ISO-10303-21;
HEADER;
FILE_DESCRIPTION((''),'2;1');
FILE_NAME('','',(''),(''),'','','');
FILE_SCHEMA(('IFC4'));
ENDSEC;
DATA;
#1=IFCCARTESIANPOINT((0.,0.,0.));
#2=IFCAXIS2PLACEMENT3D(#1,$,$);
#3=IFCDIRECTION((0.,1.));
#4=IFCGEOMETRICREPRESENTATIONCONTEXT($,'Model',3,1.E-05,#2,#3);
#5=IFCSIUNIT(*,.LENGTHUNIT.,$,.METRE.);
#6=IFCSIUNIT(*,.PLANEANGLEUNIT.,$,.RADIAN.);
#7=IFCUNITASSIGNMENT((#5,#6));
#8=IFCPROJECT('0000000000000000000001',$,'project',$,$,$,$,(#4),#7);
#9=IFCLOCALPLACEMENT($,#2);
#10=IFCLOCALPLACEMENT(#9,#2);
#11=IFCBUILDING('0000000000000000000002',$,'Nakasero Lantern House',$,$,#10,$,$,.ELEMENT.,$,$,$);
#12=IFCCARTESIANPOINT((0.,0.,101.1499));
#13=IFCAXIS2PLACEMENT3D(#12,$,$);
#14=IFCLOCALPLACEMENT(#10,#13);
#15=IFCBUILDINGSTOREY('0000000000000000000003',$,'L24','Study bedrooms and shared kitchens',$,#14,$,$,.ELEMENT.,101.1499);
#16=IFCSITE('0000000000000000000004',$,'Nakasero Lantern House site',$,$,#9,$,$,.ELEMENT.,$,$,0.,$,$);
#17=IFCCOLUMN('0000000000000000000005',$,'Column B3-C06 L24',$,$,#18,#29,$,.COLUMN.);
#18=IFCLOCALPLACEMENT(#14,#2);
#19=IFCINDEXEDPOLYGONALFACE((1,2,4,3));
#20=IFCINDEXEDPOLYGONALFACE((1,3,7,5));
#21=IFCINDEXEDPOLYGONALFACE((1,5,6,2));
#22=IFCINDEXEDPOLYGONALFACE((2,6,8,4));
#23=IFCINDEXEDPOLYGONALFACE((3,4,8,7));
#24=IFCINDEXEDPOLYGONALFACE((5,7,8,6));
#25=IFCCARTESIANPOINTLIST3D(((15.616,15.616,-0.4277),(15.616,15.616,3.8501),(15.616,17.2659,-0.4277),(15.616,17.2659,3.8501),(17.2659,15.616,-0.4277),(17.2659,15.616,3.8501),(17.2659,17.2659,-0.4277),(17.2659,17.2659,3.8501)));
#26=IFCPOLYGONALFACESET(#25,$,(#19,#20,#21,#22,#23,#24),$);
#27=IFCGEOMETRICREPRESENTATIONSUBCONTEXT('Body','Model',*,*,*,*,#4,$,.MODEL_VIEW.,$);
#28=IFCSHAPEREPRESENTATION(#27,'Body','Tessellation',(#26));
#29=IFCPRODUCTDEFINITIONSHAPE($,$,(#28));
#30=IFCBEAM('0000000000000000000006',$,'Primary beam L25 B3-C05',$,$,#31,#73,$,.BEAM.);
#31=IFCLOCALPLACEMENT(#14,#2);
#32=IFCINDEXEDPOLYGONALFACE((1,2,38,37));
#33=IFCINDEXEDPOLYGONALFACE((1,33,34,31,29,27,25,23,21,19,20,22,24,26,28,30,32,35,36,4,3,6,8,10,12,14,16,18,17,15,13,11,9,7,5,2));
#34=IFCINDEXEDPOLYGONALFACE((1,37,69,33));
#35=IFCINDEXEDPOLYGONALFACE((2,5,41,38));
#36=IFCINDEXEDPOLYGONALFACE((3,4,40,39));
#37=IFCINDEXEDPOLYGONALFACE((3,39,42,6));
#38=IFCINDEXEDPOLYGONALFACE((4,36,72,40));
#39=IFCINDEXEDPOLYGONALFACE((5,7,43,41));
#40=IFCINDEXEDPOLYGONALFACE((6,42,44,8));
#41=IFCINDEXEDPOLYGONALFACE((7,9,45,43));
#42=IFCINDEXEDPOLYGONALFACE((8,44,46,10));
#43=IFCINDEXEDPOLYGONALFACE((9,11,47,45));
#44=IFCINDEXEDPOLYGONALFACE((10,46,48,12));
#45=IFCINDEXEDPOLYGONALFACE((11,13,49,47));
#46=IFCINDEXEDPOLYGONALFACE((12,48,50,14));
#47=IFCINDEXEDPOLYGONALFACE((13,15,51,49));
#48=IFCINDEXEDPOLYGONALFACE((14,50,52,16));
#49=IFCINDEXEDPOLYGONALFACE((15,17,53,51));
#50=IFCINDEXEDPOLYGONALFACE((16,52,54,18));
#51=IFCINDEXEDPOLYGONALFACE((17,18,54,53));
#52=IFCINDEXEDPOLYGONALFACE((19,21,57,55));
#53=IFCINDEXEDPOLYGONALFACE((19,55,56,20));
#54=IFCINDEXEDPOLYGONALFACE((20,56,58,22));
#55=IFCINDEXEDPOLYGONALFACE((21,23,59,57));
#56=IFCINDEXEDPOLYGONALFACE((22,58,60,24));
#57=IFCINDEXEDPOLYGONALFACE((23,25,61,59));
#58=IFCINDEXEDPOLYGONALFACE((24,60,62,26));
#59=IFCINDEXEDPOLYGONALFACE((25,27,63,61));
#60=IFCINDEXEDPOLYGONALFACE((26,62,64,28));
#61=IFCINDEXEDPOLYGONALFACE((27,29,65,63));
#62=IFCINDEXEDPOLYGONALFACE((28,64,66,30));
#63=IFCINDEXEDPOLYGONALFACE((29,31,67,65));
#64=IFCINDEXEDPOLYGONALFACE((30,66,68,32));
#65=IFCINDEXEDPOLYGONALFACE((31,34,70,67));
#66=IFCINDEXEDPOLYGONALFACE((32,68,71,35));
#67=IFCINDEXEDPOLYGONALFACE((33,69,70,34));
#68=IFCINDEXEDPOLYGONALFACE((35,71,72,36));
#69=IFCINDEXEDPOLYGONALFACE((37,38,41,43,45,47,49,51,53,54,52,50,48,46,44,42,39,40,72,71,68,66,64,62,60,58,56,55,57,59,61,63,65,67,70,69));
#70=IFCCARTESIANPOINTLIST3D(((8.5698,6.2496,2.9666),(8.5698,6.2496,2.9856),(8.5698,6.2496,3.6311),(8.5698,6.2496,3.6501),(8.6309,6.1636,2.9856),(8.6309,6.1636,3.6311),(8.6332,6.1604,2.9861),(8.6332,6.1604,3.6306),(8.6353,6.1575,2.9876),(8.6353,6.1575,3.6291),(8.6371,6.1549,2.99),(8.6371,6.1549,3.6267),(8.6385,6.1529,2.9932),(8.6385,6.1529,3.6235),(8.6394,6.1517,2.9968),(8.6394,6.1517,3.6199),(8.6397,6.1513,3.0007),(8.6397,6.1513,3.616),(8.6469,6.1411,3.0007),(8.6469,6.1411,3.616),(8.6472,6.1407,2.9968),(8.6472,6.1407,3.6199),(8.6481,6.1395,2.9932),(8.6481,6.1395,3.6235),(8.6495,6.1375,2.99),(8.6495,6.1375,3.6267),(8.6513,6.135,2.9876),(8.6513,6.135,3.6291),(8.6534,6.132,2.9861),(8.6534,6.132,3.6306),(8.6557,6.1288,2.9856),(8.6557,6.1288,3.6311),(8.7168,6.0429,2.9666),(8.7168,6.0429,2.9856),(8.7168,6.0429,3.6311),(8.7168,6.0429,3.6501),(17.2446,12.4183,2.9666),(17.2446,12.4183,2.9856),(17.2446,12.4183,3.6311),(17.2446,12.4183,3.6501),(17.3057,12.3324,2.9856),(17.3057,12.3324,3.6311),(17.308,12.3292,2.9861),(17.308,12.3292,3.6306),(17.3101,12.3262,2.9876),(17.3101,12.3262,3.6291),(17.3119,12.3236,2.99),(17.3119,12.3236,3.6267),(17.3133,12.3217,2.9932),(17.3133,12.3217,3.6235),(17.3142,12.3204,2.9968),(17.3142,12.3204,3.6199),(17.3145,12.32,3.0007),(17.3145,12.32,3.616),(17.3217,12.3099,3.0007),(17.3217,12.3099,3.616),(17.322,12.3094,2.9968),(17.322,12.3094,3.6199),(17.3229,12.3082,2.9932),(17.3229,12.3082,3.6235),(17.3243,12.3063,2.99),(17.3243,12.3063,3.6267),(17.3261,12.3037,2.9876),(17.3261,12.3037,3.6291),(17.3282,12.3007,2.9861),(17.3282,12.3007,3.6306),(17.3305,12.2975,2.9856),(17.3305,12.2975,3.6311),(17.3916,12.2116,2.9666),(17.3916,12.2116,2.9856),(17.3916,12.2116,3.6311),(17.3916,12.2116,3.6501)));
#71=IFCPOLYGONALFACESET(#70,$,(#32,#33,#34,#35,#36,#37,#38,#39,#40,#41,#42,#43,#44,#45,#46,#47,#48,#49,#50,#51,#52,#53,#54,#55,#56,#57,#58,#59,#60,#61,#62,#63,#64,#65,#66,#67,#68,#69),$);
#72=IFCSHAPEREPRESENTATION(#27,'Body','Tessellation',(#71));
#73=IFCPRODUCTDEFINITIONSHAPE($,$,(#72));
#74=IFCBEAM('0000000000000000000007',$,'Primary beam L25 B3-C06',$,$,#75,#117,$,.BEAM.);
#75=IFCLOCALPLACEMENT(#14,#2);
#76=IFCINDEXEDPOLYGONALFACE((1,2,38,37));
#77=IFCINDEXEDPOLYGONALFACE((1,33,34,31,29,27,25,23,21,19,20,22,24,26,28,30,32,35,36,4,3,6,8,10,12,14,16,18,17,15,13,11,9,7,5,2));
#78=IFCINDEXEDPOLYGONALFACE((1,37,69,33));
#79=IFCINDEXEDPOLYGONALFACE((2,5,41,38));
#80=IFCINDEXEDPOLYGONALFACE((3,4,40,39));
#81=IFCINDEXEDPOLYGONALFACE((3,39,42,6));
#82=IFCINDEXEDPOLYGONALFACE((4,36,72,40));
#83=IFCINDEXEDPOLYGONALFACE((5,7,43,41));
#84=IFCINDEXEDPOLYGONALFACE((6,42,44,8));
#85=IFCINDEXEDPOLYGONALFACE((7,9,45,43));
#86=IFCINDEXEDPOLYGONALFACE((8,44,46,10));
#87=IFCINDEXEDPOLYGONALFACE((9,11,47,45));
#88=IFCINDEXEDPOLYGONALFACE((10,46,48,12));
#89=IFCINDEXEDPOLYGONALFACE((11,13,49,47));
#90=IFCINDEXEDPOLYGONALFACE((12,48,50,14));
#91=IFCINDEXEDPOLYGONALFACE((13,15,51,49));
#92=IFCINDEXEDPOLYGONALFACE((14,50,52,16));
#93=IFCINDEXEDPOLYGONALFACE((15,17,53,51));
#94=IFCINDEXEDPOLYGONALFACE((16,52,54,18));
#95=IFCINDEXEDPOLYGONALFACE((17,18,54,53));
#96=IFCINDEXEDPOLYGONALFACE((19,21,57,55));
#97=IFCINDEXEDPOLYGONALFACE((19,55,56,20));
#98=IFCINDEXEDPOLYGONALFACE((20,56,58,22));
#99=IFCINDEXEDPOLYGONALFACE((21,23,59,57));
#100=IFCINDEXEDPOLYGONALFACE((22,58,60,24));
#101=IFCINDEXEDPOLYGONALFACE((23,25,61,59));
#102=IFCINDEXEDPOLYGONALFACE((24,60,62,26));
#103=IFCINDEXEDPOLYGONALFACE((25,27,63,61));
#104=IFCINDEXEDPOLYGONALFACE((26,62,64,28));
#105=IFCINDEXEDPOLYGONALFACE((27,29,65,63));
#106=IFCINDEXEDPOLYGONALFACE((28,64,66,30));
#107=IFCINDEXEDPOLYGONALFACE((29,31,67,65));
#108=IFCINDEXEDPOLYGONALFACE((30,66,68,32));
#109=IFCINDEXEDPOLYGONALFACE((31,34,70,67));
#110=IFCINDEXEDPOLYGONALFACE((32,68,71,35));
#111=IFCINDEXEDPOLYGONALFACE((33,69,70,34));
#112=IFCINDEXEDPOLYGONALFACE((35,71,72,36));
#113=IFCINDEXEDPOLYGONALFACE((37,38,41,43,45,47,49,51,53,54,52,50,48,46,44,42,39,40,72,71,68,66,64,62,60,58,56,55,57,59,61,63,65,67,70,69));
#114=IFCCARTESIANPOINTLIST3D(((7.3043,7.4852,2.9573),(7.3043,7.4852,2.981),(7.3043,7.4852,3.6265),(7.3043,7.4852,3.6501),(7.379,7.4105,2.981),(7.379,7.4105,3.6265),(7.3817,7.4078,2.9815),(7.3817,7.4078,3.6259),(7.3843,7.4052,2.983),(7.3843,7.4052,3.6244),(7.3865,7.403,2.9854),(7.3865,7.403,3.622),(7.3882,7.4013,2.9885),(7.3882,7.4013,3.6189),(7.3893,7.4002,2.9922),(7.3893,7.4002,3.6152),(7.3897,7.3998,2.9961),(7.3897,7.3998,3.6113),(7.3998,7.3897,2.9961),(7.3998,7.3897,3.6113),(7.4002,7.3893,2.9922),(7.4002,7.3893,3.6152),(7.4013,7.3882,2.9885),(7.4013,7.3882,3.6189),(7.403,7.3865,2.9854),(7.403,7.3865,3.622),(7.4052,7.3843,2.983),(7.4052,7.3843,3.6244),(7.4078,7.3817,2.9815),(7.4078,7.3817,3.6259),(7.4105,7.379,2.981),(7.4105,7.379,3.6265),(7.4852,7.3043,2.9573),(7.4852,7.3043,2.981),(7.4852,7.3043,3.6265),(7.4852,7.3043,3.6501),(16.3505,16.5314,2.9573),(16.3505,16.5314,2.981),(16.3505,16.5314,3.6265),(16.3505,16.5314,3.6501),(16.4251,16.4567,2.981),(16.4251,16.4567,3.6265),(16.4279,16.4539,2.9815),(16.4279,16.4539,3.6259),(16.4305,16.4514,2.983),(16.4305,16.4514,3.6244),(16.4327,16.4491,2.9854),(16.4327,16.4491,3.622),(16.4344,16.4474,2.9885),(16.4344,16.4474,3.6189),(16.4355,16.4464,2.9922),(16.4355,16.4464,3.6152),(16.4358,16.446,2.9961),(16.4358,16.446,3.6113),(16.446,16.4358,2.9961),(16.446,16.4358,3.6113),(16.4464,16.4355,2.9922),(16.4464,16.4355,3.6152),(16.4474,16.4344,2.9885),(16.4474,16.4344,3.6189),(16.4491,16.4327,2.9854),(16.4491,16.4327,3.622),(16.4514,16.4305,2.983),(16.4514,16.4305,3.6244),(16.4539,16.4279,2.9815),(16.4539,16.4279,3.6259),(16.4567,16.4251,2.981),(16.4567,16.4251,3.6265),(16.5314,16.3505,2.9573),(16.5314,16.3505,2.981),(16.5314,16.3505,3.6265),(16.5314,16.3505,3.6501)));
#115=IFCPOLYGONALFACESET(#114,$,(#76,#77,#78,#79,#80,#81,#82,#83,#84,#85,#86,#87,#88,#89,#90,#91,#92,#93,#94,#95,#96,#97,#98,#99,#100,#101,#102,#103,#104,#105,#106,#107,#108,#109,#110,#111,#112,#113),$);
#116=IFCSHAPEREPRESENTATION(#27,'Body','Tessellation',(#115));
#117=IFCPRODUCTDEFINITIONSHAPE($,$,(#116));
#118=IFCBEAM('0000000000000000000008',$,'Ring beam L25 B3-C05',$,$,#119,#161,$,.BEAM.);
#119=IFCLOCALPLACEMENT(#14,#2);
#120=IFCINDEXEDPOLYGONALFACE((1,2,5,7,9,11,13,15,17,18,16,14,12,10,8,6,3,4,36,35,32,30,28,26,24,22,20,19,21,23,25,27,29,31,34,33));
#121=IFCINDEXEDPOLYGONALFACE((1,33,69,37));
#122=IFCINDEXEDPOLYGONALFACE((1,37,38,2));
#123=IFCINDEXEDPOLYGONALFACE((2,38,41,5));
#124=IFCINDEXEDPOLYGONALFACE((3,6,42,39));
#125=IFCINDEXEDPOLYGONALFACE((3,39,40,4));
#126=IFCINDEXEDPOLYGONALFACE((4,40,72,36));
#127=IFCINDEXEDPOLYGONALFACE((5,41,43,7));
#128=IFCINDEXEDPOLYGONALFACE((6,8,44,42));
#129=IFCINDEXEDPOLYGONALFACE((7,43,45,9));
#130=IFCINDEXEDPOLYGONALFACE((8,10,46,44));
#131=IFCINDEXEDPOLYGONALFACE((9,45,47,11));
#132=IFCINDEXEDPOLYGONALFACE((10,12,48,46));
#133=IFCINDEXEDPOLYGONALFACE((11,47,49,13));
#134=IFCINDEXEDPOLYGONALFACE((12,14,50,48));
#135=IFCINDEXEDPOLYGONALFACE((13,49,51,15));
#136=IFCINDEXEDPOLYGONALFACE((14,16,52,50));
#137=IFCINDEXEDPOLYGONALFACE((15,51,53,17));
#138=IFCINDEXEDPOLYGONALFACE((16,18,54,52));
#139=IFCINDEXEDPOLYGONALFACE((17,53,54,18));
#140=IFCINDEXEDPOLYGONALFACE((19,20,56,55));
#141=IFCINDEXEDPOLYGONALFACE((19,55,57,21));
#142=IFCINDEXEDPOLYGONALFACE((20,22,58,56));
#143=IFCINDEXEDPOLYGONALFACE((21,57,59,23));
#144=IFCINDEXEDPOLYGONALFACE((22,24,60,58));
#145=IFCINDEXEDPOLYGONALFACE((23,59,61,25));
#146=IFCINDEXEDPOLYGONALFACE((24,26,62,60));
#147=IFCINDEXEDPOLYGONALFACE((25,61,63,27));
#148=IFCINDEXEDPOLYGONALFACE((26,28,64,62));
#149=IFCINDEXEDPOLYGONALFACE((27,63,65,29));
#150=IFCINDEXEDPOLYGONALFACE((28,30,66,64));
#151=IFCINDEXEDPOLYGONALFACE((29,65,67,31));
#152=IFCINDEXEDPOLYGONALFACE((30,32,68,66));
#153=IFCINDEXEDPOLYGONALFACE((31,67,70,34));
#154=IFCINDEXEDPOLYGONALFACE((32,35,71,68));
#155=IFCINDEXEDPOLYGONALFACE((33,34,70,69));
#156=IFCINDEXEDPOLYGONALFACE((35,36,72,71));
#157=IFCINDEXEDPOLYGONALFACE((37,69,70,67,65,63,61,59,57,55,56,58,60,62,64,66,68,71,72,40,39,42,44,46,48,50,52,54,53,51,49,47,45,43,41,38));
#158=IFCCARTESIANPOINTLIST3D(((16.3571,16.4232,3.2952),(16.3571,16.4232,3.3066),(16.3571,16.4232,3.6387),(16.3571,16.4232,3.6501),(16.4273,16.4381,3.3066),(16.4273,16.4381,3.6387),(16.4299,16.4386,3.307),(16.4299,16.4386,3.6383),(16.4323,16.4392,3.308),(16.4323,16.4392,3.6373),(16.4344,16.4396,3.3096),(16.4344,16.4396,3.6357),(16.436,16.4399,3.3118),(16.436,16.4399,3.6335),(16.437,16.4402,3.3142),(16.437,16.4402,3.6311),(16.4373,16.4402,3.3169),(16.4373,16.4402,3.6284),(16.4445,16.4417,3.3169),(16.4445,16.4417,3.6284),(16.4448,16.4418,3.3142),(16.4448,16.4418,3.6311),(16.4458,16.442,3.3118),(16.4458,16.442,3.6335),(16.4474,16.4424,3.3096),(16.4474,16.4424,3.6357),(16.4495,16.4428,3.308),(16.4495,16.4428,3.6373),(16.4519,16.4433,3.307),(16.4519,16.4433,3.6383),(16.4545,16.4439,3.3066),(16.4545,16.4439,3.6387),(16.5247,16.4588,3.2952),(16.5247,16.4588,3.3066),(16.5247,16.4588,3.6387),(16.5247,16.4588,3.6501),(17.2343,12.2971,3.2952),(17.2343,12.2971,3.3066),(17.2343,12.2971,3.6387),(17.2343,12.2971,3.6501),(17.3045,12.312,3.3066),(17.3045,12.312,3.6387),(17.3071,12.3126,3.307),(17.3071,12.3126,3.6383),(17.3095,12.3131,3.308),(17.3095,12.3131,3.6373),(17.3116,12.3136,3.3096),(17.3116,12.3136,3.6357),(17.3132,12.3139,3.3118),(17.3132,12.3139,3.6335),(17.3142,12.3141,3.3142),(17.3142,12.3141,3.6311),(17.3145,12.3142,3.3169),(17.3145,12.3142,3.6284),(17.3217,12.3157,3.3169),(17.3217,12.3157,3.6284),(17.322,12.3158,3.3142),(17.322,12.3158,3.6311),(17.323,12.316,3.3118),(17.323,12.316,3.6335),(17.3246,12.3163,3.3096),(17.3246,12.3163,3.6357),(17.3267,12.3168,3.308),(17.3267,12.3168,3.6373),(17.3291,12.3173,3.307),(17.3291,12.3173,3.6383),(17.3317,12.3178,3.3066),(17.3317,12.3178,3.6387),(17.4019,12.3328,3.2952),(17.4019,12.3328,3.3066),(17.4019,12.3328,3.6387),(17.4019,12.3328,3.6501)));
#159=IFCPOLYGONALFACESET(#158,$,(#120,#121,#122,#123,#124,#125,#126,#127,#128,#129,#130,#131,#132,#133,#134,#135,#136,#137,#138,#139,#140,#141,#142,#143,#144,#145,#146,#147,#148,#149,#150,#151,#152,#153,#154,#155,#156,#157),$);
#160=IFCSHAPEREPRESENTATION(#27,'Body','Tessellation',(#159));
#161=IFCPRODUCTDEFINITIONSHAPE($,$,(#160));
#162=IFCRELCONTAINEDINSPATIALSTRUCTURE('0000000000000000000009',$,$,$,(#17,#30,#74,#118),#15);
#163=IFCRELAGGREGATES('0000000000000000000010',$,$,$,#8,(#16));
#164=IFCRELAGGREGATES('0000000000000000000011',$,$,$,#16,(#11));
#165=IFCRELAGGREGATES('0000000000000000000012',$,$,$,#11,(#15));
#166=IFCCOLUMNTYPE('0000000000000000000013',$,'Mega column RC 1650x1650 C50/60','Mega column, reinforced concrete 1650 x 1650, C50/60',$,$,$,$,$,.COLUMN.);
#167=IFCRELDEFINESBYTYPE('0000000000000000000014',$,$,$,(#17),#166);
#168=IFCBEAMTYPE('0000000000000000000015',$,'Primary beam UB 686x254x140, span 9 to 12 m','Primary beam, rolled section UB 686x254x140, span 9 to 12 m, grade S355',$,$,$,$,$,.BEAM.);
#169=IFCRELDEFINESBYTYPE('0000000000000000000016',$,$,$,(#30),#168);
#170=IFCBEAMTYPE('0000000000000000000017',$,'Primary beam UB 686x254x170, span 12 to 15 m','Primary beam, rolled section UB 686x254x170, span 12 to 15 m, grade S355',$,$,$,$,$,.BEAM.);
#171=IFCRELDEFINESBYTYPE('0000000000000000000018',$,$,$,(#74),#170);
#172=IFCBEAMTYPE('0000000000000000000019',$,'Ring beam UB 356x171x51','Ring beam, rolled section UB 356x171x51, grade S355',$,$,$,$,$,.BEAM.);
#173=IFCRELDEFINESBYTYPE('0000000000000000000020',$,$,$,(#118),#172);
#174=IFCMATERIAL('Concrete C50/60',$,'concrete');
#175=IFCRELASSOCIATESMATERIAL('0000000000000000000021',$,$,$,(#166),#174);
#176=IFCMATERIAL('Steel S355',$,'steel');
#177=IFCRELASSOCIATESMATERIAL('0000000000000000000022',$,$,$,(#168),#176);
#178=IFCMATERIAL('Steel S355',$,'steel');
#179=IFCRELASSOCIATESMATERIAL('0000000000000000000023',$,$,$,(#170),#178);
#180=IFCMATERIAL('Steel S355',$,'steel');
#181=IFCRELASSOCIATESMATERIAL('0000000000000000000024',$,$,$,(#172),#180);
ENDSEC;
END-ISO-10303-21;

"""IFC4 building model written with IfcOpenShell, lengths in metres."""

from ifc_helpers import new_model, si_unit, direction, frame, origin, origin_2d, place, context, subcontext, project, spatial, rectangle, i_section, extrude, material, material_profile, profile_set, type_object, element, save


model = new_model("IFC4")

# Units and contexts
model_context = context("Model", 3, precision=1e-05, world=origin(), true_north=direction((0.0, 1.0)))
body_context = subcontext(model_context, "Body", "Model", "MODEL_VIEW")
ifc_project = project(units=[si_unit("LENGTHUNIT", "METRE"), si_unit("PLANEANGLEUNIT", "RADIAN")], contexts=[model_context])

# Site, building, storey
site_placement = place(None, origin())
site = spatial("IfcSite", under=ifc_project, at=site_placement, Name="Nakasero Lantern House site", CompositionType="ELEMENT", RefElevation=0.0)
building_placement = place(site_placement, origin())
building = spatial("IfcBuilding", under=site, at=building_placement, Name="Nakasero Lantern House", CompositionType="ELEMENT")
storey_placement = place(building_placement, frame((0.0, 0.0, 101.1499)))
storey = spatial("IfcBuildingStorey", under=building, at=storey_placement, Name="L24", Description="Study bedrooms and shared kitchens", CompositionType="ELEMENT", Elevation=101.1499)

# Column
ifc_material_1 = material(Name="Concrete C50/60", Category="concrete")
ifc_material_profile_1 = material_profile(ifc_material_1, rectangle(XDim=1.6499, YDim=1.6499, at=origin_2d()), Name="RC 1650x1650")
ifc_profile_set_1 = profile_set([ifc_material_profile_1], Name="Concrete C50/60")
column_type = type_object("IfcColumnType", Name="Mega column RC 1650x1650 C50/60", Description="Mega column, reinforced concrete 1650 x 1650, C50/60", PredefinedType="COLUMN", material=ifc_profile_set_1)
column_placement = place(storey_placement, frame((16.4409, 16.4409, -0.4277), z_axis=(0.0, 0.0, 1.0), x_axis=(1.0, 0.0, 0.0)))
element("IfcColumn", 1, at=column_placement, inside=storey, type_object=column_type, Name="Column B3-C06 L24", PredefinedType="COLUMN", context=body_context, shape_type="SweptSolid", body=[
    extrude(rectangle(XDim=1.6499, YDim=1.6499, at=origin_2d()), origin(), (0.0, 0.0, 1.0), 4.2778),
])

# Beams
ifc_material_2 = material(Name="Steel S355", Category="steel")
ifc_material_profile_2 = material_profile(ifc_material_2, i_section(OverallWidth=0.2537, OverallDepth=0.6836, WebThickness=0.0125, FlangeThickness=0.019, FilletRadius=0.0151, at=origin_2d()), Name="UB 686x254x140")
ifc_profile_set_2 = profile_set([ifc_material_profile_2], Name="Steel S355")
beam_type_1 = type_object("IfcBeamType", Name="Primary beam UB 686x254x140, span 9 to 12 m", Description="Primary beam, rolled section UB 686x254x140, span 9 to 12 m, grade S355", PredefinedType="BEAM", material=ifc_profile_set_2)
beam_1_placement = place(storey_placement, frame((17.3181, 12.3149, 3.3083), z_axis=(-0.814957, -0.579521, 0.0), x_axis=(0.579521, -0.814957, 0.0)))
element("IfcBeam", 2, at=beam_1_placement, inside=storey, type_object=beam_type_1, Name="Primary beam L25 B3-C05", PredefinedType="BEAM", context=body_context, shape_type="SweptSolid", body=[
    extrude(i_section(OverallWidth=0.2537, OverallDepth=0.6836, WebThickness=0.0125, FlangeThickness=0.019, FilletRadius=0.0151, at=origin_2d()), origin(), (0.0, 0.0, 1.0), 10.6445),
])
ifc_material_3 = material(Name="Steel S355", Category="steel")
ifc_material_profile_3 = material_profile(ifc_material_3, i_section(OverallWidth=0.2559, OverallDepth=0.6929, WebThickness=0.0144, FlangeThickness=0.0237, FilletRadius=0.0151, at=origin_2d()), Name="UB 686x254x170")
ifc_profile_set_3 = profile_set([ifc_material_profile_3], Name="Steel S355")
beam_type_2 = type_object("IfcBeamType", Name="Primary beam UB 686x254x170, span 12 to 15 m", Description="Primary beam, rolled section UB 686x254x170, span 12 to 15 m, grade S355", PredefinedType="BEAM", material=ifc_profile_set_3)
beam_2_placement = place(storey_placement, frame((16.4409, 16.4409, 3.3037), z_axis=(-0.707107, -0.707107, 0.0), x_axis=(0.707107, -0.707107, 0.0)))
element("IfcBeam", 3, at=beam_2_placement, inside=storey, type_object=beam_type_2, Name="Primary beam L25 B3-C06", PredefinedType="BEAM", context=body_context, shape_type="SweptSolid", body=[
    extrude(i_section(OverallWidth=0.2559, OverallDepth=0.6929, WebThickness=0.0144, FlangeThickness=0.0237, FilletRadius=0.0151, at=origin_2d()), origin(), (0.0, 0.0, 1.0), 12.7932),
])
ifc_material_4 = material(Name="Steel S355", Category="steel")
ifc_material_profile_4 = material_profile(ifc_material_4, i_section(OverallWidth=0.1714, OverallDepth=0.355, WebThickness=0.0073, FlangeThickness=0.0115, FilletRadius=0.0103, at=origin_2d()), Name="UB 356x171x51")
ifc_profile_set_4 = profile_set([ifc_material_profile_4], Name="Steel S355")
beam_type_3 = type_object("IfcBeamType", Name="Ring beam UB 356x171x51", Description="Ring beam, rolled section UB 356x171x51, grade S355", PredefinedType="BEAM", material=ifc_profile_set_4)
beam_3_placement = place(storey_placement, frame((17.3181, 12.3149, 3.4727), z_axis=(-0.207956, 0.978138, 0.0), x_axis=(-0.978138, -0.207956, 0.0)))
element("IfcBeam", 4, at=beam_3_placement, inside=storey, type_object=beam_type_3, Name="Ring beam L25 B3-C05", PredefinedType="BEAM", context=body_context, shape_type="SweptSolid", body=[
    extrude(i_section(OverallWidth=0.1714, OverallDepth=0.355, WebThickness=0.0073, FlangeThickness=0.0115, FilletRadius=0.0103, at=origin_2d()), origin(), (0.0, 0.0, 1.0), 4.2183),
])

save(model, "model.ifc")
